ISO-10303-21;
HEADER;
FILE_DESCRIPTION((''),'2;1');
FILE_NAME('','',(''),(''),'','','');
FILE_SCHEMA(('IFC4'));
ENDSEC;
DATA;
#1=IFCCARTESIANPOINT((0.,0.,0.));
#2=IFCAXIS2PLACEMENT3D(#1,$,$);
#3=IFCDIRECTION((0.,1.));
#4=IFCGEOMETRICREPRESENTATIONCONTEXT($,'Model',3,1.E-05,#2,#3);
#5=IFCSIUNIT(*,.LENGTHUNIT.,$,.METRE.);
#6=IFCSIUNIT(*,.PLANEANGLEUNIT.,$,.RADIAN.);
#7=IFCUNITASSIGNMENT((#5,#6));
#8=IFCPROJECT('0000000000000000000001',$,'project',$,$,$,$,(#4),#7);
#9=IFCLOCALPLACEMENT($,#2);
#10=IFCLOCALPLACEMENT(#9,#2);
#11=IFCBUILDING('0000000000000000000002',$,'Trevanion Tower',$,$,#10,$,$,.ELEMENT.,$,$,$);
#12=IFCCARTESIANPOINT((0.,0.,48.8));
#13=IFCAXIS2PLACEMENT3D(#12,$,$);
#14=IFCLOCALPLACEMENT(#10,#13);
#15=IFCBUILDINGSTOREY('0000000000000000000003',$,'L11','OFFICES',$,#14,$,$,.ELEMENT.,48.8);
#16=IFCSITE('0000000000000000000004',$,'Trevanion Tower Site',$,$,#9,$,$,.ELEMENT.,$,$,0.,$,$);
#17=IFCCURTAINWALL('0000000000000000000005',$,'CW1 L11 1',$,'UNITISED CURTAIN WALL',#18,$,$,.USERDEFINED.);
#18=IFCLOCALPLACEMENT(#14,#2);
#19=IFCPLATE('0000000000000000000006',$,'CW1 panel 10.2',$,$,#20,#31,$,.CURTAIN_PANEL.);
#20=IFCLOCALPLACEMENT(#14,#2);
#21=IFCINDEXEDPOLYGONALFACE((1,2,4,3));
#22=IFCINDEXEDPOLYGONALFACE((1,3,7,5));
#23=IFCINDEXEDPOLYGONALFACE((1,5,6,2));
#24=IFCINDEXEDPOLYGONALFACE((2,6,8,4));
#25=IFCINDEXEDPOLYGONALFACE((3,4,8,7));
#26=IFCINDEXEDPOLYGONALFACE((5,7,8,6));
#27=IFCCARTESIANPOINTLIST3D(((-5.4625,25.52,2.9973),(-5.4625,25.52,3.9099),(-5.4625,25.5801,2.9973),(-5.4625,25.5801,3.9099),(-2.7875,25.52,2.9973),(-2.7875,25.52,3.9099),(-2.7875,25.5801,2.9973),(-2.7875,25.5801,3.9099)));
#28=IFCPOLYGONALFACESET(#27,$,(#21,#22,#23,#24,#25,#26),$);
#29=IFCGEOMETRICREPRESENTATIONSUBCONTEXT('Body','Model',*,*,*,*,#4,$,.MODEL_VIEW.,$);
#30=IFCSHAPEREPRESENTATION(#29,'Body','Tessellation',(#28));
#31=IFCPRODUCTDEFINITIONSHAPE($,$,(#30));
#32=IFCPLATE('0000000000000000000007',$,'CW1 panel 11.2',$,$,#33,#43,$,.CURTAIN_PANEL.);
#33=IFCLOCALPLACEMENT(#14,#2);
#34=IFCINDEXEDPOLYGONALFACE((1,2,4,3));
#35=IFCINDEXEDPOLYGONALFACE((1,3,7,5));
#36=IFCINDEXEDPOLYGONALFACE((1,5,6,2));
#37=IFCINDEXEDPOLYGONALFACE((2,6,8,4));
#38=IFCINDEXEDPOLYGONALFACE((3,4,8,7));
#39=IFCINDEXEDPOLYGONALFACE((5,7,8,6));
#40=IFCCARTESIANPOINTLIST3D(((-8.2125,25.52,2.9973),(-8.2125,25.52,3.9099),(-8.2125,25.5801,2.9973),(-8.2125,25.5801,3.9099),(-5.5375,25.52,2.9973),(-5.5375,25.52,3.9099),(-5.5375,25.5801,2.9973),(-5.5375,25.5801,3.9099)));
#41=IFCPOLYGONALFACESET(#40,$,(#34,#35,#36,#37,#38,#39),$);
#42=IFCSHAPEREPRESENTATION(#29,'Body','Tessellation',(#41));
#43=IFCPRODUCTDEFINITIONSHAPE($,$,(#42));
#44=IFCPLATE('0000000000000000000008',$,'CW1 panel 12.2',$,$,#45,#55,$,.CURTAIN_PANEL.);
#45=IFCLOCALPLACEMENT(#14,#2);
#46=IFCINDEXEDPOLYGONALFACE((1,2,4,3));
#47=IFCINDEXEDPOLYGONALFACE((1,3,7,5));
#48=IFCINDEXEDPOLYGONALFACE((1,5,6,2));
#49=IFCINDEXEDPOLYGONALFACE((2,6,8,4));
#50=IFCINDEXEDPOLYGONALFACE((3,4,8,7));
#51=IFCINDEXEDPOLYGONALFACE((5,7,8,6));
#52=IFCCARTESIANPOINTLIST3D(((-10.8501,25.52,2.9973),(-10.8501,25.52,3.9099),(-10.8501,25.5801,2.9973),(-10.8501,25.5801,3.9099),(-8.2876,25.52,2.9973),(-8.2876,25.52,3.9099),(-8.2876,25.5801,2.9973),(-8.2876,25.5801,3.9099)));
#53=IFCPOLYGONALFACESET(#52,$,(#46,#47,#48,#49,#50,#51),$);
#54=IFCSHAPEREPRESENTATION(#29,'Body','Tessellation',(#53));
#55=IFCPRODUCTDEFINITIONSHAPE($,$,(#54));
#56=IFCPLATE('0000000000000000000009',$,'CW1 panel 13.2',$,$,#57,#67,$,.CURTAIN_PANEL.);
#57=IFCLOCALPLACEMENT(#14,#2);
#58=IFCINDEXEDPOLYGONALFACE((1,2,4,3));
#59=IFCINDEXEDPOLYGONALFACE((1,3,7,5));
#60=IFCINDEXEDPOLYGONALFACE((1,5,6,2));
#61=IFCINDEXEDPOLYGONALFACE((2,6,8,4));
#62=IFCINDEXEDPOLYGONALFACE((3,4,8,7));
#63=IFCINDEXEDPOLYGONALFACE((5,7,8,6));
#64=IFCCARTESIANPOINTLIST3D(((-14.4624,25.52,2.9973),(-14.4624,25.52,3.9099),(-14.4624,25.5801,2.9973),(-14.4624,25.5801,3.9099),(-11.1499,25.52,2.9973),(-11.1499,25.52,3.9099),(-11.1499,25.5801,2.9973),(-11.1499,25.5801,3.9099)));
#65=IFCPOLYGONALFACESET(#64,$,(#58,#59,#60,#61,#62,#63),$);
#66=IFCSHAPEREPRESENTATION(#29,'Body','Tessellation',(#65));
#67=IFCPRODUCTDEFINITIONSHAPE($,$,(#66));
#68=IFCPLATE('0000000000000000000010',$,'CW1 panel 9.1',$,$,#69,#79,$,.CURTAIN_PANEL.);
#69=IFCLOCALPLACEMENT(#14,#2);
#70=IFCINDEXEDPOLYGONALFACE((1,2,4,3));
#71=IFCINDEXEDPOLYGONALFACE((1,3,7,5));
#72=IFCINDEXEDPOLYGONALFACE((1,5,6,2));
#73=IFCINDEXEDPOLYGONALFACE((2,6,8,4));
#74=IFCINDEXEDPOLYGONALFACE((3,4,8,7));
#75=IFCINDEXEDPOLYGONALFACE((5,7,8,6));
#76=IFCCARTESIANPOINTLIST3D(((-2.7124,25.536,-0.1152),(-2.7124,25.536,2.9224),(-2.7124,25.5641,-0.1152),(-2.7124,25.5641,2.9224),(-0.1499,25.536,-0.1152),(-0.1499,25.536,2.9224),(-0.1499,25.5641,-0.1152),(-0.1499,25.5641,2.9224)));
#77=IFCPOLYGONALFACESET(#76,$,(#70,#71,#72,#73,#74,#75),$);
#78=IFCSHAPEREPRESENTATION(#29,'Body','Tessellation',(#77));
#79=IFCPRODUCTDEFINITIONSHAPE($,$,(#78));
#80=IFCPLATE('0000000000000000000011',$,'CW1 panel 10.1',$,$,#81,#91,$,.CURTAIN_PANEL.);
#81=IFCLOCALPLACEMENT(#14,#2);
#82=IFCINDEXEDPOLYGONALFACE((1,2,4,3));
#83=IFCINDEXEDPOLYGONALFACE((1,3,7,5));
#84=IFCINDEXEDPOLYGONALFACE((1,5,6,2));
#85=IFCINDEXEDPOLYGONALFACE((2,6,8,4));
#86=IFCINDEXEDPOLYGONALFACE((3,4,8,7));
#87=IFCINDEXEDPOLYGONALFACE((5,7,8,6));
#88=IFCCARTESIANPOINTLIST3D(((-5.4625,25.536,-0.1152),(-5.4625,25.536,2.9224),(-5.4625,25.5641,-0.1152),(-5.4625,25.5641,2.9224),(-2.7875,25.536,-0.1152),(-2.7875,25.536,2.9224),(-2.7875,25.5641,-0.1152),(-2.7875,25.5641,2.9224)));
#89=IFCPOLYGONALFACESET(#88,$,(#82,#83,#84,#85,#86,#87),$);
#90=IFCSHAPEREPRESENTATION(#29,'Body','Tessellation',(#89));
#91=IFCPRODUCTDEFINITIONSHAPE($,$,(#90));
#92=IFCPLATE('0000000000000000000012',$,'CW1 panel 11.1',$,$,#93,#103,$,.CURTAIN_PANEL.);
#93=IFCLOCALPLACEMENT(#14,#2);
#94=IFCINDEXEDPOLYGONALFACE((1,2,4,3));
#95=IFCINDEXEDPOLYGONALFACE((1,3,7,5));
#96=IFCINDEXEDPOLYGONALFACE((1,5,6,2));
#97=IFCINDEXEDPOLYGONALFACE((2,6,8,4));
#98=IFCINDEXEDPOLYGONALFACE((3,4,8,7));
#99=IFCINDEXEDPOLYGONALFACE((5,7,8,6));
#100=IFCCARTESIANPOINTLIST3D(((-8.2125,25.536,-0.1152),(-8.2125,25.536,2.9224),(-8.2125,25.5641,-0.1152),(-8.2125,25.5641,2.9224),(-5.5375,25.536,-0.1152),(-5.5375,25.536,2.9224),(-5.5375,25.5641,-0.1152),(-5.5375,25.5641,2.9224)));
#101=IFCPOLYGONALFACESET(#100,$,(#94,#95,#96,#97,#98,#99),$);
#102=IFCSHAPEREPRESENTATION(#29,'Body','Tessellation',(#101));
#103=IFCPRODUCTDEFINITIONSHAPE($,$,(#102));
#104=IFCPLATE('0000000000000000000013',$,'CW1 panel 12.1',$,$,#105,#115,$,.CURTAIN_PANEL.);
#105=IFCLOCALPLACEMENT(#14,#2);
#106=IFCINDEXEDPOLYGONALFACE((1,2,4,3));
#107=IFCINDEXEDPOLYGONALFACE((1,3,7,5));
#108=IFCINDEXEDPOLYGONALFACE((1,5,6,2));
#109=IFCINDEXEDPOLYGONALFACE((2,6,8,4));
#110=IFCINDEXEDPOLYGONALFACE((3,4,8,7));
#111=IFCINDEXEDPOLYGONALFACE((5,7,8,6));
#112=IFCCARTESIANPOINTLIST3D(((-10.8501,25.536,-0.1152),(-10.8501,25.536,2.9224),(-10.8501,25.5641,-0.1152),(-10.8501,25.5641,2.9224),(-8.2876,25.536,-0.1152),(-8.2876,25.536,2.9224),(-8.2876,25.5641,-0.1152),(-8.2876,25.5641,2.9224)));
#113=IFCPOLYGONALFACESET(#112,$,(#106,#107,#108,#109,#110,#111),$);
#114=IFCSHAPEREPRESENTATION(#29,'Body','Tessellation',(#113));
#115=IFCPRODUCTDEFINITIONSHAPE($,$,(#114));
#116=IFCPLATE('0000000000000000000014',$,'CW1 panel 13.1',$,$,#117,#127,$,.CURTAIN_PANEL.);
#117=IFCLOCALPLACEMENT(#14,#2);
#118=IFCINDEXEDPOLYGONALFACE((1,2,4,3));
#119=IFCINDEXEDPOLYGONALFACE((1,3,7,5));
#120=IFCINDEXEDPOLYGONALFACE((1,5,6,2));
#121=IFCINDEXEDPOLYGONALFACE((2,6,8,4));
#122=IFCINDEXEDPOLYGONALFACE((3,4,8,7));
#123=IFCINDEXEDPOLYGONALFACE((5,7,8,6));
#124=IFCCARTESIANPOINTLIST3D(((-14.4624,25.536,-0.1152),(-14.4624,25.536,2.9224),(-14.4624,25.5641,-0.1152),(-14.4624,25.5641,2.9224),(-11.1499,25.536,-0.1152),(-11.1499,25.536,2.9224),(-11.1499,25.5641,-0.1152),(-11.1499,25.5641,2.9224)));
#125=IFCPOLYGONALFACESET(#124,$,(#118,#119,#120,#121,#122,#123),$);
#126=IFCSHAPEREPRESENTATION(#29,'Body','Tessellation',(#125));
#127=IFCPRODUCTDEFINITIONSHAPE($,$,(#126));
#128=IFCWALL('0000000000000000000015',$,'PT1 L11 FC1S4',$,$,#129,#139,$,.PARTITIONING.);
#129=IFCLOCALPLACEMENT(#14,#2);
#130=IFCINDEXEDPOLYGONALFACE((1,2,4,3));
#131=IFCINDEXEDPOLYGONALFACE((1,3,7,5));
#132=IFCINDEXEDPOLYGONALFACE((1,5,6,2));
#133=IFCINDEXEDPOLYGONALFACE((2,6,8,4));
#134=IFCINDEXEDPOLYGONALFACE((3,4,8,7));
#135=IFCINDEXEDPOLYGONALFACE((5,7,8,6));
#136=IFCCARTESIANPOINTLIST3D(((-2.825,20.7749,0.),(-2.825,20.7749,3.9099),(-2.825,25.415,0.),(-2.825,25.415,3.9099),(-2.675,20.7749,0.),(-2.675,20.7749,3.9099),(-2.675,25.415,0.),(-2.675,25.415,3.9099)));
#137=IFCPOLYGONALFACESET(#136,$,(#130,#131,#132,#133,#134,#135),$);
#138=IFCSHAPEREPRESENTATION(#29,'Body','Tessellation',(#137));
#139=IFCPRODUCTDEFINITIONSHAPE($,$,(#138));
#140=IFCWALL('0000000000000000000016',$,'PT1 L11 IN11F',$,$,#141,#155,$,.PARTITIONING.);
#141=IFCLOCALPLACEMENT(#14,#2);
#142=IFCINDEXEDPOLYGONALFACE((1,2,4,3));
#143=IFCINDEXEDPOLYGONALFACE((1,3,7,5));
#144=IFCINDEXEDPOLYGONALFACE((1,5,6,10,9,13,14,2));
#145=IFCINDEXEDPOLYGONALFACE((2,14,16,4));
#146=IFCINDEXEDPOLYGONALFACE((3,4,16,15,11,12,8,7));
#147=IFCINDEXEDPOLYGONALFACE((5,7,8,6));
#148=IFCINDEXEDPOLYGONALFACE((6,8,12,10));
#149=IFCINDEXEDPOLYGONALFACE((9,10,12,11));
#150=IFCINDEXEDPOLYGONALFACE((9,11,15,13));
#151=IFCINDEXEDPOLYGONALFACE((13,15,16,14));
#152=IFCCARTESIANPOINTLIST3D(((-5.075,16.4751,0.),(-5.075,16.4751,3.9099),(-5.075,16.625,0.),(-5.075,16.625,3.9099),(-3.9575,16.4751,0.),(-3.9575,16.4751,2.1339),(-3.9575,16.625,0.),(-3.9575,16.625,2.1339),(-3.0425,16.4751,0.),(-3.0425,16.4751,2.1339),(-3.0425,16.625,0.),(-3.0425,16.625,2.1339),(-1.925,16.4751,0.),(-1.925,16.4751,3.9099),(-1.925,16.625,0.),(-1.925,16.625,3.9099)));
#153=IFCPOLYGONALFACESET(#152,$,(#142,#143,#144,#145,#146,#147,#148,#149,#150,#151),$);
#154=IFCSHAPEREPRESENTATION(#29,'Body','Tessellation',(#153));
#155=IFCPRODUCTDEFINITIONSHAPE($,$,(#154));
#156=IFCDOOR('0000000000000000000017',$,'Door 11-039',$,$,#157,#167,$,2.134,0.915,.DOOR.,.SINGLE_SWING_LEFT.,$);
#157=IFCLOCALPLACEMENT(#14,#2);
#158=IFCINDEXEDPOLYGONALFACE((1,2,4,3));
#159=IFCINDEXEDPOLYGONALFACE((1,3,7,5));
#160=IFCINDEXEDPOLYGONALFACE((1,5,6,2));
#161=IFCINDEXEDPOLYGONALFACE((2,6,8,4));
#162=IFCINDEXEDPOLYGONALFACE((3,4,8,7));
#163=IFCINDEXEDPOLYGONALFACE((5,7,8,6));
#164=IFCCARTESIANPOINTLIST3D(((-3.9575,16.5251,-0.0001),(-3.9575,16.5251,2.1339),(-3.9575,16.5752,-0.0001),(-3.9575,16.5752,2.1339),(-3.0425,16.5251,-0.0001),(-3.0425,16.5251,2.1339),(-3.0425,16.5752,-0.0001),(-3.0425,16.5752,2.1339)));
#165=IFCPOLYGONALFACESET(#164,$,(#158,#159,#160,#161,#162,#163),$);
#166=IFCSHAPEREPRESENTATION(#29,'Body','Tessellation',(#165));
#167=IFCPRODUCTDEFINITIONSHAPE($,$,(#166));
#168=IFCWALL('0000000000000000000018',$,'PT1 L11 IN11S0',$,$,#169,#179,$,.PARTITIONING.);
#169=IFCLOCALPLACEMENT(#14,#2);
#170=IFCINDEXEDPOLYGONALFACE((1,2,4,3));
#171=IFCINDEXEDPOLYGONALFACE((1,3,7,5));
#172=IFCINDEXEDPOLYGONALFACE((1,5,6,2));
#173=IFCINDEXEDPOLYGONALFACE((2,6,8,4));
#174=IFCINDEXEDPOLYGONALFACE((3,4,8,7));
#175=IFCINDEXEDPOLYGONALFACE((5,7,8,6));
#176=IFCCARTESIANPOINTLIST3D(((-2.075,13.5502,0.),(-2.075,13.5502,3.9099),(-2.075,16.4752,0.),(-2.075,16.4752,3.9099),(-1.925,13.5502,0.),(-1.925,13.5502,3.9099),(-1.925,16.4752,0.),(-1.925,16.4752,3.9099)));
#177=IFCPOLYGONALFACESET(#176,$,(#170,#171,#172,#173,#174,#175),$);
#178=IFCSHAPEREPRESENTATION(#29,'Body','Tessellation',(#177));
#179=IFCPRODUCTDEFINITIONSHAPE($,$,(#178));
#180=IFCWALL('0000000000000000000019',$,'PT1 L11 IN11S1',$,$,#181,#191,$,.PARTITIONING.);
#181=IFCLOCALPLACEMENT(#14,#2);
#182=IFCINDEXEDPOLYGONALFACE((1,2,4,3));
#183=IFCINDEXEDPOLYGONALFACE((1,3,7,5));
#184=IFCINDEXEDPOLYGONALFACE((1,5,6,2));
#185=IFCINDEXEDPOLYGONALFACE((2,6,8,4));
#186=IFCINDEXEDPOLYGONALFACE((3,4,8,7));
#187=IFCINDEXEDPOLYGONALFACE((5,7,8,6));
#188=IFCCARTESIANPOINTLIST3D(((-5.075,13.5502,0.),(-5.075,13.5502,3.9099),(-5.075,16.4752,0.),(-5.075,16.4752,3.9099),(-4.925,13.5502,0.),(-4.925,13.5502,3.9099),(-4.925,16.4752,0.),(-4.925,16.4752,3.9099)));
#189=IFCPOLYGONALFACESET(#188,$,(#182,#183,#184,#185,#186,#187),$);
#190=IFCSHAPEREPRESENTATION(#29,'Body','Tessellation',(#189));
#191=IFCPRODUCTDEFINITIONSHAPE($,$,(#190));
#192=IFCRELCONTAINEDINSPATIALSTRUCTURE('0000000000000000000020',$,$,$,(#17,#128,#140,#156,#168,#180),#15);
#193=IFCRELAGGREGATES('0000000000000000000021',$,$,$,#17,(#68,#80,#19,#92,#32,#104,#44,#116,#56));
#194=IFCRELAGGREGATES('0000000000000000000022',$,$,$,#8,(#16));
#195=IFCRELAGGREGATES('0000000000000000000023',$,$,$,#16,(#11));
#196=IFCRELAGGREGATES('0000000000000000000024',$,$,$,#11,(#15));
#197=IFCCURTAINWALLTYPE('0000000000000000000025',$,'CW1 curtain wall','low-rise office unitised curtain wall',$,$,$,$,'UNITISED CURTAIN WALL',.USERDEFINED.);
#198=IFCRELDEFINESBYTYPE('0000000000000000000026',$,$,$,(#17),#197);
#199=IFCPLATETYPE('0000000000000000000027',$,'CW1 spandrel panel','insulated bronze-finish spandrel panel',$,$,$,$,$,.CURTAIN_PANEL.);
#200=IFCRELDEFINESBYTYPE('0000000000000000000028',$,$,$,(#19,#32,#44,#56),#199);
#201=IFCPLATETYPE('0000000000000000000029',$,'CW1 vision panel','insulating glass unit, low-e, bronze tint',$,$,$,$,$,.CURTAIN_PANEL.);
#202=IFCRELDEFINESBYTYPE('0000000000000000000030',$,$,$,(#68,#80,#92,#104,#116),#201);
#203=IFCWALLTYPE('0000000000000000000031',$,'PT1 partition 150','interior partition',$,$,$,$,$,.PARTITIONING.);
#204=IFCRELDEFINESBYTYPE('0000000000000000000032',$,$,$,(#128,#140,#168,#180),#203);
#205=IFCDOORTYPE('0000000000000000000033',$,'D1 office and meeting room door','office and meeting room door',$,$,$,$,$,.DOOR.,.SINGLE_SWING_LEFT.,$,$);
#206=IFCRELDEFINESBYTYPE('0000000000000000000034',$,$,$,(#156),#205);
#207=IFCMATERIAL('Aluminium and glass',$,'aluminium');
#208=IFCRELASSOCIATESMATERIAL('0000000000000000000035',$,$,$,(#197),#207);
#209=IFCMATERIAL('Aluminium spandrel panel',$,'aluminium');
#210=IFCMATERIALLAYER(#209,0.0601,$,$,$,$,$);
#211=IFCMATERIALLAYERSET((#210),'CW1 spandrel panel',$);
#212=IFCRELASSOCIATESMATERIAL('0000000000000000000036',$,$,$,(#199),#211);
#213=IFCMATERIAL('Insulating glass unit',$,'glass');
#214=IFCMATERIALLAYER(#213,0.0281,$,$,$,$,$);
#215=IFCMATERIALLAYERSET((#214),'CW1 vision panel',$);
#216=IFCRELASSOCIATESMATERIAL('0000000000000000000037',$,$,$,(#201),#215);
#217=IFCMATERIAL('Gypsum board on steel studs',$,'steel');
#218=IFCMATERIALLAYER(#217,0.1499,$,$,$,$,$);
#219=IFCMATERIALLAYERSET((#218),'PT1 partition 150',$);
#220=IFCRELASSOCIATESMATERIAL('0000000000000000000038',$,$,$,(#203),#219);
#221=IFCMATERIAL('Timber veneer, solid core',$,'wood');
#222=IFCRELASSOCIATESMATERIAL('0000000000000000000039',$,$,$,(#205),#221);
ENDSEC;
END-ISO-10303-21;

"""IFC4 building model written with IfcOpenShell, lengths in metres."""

from ifc_helpers import new_model, si_unit, direction, frame, frame_2d, origin, origin_2d, place, context, subcontext, project, spatial, rectangle, extrude, material, layer, layer_set, type_object, element, fill, aggregate, save


model = new_model("IFC4")

# Units and contexts
model_context = context("Model", 3, precision=1e-05, world=origin(), true_north=direction((0.0, 1.0)))
body_context = subcontext(model_context, "Body", "Model", "MODEL_VIEW")
ifc_project = project(units=[si_unit("LENGTHUNIT", "METRE"), si_unit("PLANEANGLEUNIT", "RADIAN")], contexts=[model_context])

# Site, building, storey
site_placement = place(None, origin())
site = spatial("IfcSite", under=ifc_project, at=site_placement, Name="Trevanion Tower Site", CompositionType="ELEMENT", RefElevation=0.0)
building_placement = place(site_placement, origin())
building = spatial("IfcBuilding", under=site, at=building_placement, Name="Trevanion Tower", CompositionType="ELEMENT")
storey_placement = place(building_placement, frame((0.0, 0.0, 48.8)))
storey = spatial("IfcBuildingStorey", under=building, at=storey_placement, Name="L11", Description="OFFICES", CompositionType="ELEMENT", Elevation=48.8)

# Curtain wall
ifc_material_1 = material(Name="Aluminium and glass", Category="aluminium")
curtain_wall_type = type_object("IfcCurtainWallType", Name="CW1 curtain wall", Description="low-rise office unitised curtain wall", ElementType="UNITISED CURTAIN WALL", PredefinedType="USERDEFINED", material=ifc_material_1)
curtain_wall_placement = place(storey_placement, origin())
curtain_wall = element("IfcCurtainWall", 1, at=curtain_wall_placement, inside=storey, type_object=curtain_wall_type, Name="CW1 L11 1", ObjectType="UNITISED CURTAIN WALL", PredefinedType="USERDEFINED")

# Plates
ifc_material_2 = material(Name="Aluminium spandrel panel", Category="aluminium")
ifc_layer_1 = layer(ifc_material_2, 0.0601)
ifc_layer_set_1 = layer_set([ifc_layer_1], Name="CW1 spandrel panel")
plate_type_1 = type_object("IfcPlateType", Name="CW1 spandrel panel", Description="insulated bronze-finish spandrel panel", PredefinedType="CURTAIN_PANEL", material=ifc_layer_set_1)
plate_1_placement = place(storey_placement, frame((-4.125, 25.55, 2.9973), z_axis=(0.0, 0.0, 1.0), x_axis=(-1.0, 0.0, 0.0)))
plate_1 = element("IfcPlate", 2, at=plate_1_placement, type_object=plate_type_1, Name="CW1 panel 10.2", PredefinedType="CURTAIN_PANEL", context=body_context, shape_type="SweptSolid", body=[
    extrude(rectangle(XDim=2.675, YDim=0.0601, at=origin_2d()), origin(), (0.0, 0.0, 1.0), 0.9126),
])
plate_2_placement = place(storey_placement, frame((-6.875, 25.55, 2.9973), z_axis=(0.0, 0.0, 1.0), x_axis=(-1.0, 0.0, 0.0)))
plate_2 = element("IfcPlate", 3, at=plate_2_placement, type_object=plate_type_1, Name="CW1 panel 11.2", PredefinedType="CURTAIN_PANEL", context=body_context, shape_type="SweptSolid", body=[
    extrude(rectangle(XDim=2.675, YDim=0.0601, at=origin_2d()), origin(), (0.0, 0.0, 1.0), 0.9126),
])
plate_3_placement = place(storey_placement, frame((-9.5688, 25.55, 2.9973), z_axis=(0.0, 0.0, 1.0), x_axis=(-1.0, 0.0, 0.0)))
plate_3 = element("IfcPlate", 4, at=plate_3_placement, type_object=plate_type_1, Name="CW1 panel 12.2", PredefinedType="CURTAIN_PANEL", context=body_context, shape_type="SweptSolid", body=[
    extrude(rectangle(XDim=2.5625, YDim=0.0601, at=origin_2d()), origin(), (0.0, 0.0, 1.0), 0.9126),
])
plate_4_placement = place(storey_placement, frame((-12.8062, 25.55, 2.9973), z_axis=(0.0, 0.0, 1.0), x_axis=(-1.0, 0.0, 0.0)))
plate_4 = element("IfcPlate", 5, at=plate_4_placement, type_object=plate_type_1, Name="CW1 panel 13.2", PredefinedType="CURTAIN_PANEL", context=body_context, shape_type="SweptSolid", body=[
    extrude(rectangle(XDim=3.3125, YDim=0.0601, at=origin_2d()), origin(), (0.0, 0.0, 1.0), 0.9126),
])
ifc_material_3 = material(Name="Insulating glass unit", Category="glass")
ifc_layer_2 = layer(ifc_material_3, 0.0281)
ifc_layer_set_2 = layer_set([ifc_layer_2], Name="CW1 vision panel")
plate_type_2 = type_object("IfcPlateType", Name="CW1 vision panel", Description="insulating glass unit, low-e, bronze tint", PredefinedType="CURTAIN_PANEL", material=ifc_layer_set_2)
plate_5_placement = place(storey_placement, frame((-1.4312, 25.55, -0.1152), z_axis=(0.0, 0.0, 1.0), x_axis=(-1.0, 0.0, 0.0)))
plate_5 = element("IfcPlate", 6, at=plate_5_placement, type_object=plate_type_2, Name="CW1 panel 9.1", PredefinedType="CURTAIN_PANEL", context=body_context, shape_type="SweptSolid", body=[
    extrude(rectangle(XDim=2.5625, YDim=0.0281, at=origin_2d()), origin(), (0.0, 0.0, 1.0), 3.0376),
])
plate_6_placement = place(storey_placement, frame((-4.125, 25.55, -0.1152), z_axis=(0.0, 0.0, 1.0), x_axis=(-1.0, 0.0, 0.0)))
plate_6 = element("IfcPlate", 7, at=plate_6_placement, type_object=plate_type_2, Name="CW1 panel 10.1", PredefinedType="CURTAIN_PANEL", context=body_context, shape_type="SweptSolid", body=[
    extrude(rectangle(XDim=2.675, YDim=0.0281, at=origin_2d()), origin(), (0.0, 0.0, 1.0), 3.0376),
])
plate_7_placement = place(storey_placement, frame((-6.875, 25.55, -0.1152), z_axis=(0.0, 0.0, 1.0), x_axis=(-1.0, 0.0, 0.0)))
plate_7 = element("IfcPlate", 8, at=plate_7_placement, type_object=plate_type_2, Name="CW1 panel 11.1", PredefinedType="CURTAIN_PANEL", context=body_context, shape_type="SweptSolid", body=[
    extrude(rectangle(XDim=2.675, YDim=0.0281, at=origin_2d()), origin(), (0.0, 0.0, 1.0), 3.0376),
])
plate_8_placement = place(storey_placement, frame((-9.5688, 25.55, -0.1152), z_axis=(0.0, 0.0, 1.0), x_axis=(-1.0, 0.0, 0.0)))
plate_8 = element("IfcPlate", 9, at=plate_8_placement, type_object=plate_type_2, Name="CW1 panel 12.1", PredefinedType="CURTAIN_PANEL", context=body_context, shape_type="SweptSolid", body=[
    extrude(rectangle(XDim=2.5625, YDim=0.0281, at=origin_2d()), origin(), (0.0, 0.0, 1.0), 3.0376),
])
plate_9_placement = place(storey_placement, frame((-12.8062, 25.55, -0.1152), z_axis=(0.0, 0.0, 1.0), x_axis=(-1.0, 0.0, 0.0)))
plate_9 = element("IfcPlate", 10, at=plate_9_placement, type_object=plate_type_2, Name="CW1 panel 13.1", PredefinedType="CURTAIN_PANEL", context=body_context, shape_type="SweptSolid", body=[
    extrude(rectangle(XDim=3.3125, YDim=0.0281, at=origin_2d()), origin(), (0.0, 0.0, 1.0), 3.0376),
])
aggregate(curtain_wall, [plate_5, plate_6, plate_1, plate_7, plate_2, plate_8, plate_3, plate_9, plate_4])

# Wall
ifc_material_4 = material(Name="Gypsum board on steel studs", Category="steel")
ifc_layer_3 = layer(ifc_material_4, 0.1499)
ifc_layer_set_3 = layer_set([ifc_layer_3], Name="PT1 partition 150")
wall_type = type_object("IfcWallType", Name="PT1 partition 150", Description="interior partition", PredefinedType="PARTITIONING", material=ifc_layer_set_3)
wall_1_placement = place(storey_placement, frame((-2.75, 20.7749, 0.0), z_axis=(0.0, 0.0, 1.0), x_axis=(0.0, 1.0, 0.0)))
element("IfcWall", 11, at=wall_1_placement, inside=storey, type_object=wall_type, Name="PT1 L11 FC1S4", PredefinedType="PARTITIONING", context=body_context, shape_type="SweptSolid", body=[
    extrude(rectangle(XDim=4.6401, YDim=0.1499, at=frame_2d((2.3201, 0.0))), origin(), (0.0, 0.0, 1.0), 3.9099),
])

# Wall, opening, door
wall_2_placement = place(storey_placement, frame((-1.925, 16.55, 0.0), z_axis=(0.0, 0.0, 1.0), x_axis=(-1.0, 0.0, 0.0)))
wall_2 = element("IfcWall", 12, at=wall_2_placement, inside=storey, type_object=wall_type, Name="PT1 L11 IN11F", PredefinedType="PARTITIONING", context=body_context, shape_type="SweptSolid", body=[
    extrude(rectangle(XDim=3.1499, YDim=0.1499, at=frame_2d((1.575, 0.0))), origin(), (0.0, 0.0, 1.0), 3.9099),
])
opening_placement = place(wall_2_placement, frame((1.1174, 0.0, 0.0)))
opening = element("IfcOpeningElement", 13, at=opening_placement, cuts=wall_2, PredefinedType="OPENING", context=body_context, shape_type="SweptSolid", body=[
    extrude(rectangle(XDim=0.915, YDim=2.134, at=frame_2d((0.4575, 1.0669))), frame((0.0, 0.085, 0.0), z_axis=(0.0, -1.0, 0.0), x_axis=(1.0, 0.0, 0.0)), (0.0, 0.0, 1.0), 0.1699),
])
ifc_material_5 = material(Name="Timber veneer, solid core", Category="wood")
door_type = type_object("IfcDoorType", Name="D1 office and meeting room door", Description="office and meeting room door", OperationType="SINGLE_SWING_LEFT", PredefinedType="DOOR", material=ifc_material_5)
door_placement = place(opening_placement, origin())
door = element("IfcDoor", 14, at=door_placement, inside=storey, type_object=door_type, Name="Door 11-039", OperationType="SINGLE_SWING_LEFT", OverallHeight=2.134, OverallWidth=0.915, PredefinedType="DOOR", context=body_context, shape_type="SweptSolid", body=[
    extrude(rectangle(XDim=0.915, YDim=2.134, at=frame_2d((0.4575, 1.0669))), frame((0.0, 0.0249, 0.0), z_axis=(0.0, -1.0, 0.0), x_axis=(1.0, 0.0, 0.0)), (0.0, 0.0, 1.0), 0.05),
])
fill(opening, door)

# Walls
for number, where, z_axis, x_axis, name in (
    (15, (-2.0, 16.4751, 0.0), (0.0, 0.0, 1.0), (0.0, -1.0, 0.0), "PT1 L11 IN11S0"),
    (16, (-5.0, 16.4751, 0.0), (0.0, 0.0, 1.0), (0.0, -1.0, 0.0), "PT1 L11 IN11S1"),
):
    element("IfcWall", number, at=place(storey_placement, frame(where, z_axis=z_axis, x_axis=x_axis)), inside=storey, type_object=wall_type, Name=name, PredefinedType="PARTITIONING", context=body_context, shape_type="SweptSolid", body=[
        extrude(rectangle(XDim=2.925, YDim=0.1499, at=frame_2d((1.4624, 0.0))), origin(), (0.0, 0.0, 1.0), 3.9099),
    ])

save(model, "model.ifc")
